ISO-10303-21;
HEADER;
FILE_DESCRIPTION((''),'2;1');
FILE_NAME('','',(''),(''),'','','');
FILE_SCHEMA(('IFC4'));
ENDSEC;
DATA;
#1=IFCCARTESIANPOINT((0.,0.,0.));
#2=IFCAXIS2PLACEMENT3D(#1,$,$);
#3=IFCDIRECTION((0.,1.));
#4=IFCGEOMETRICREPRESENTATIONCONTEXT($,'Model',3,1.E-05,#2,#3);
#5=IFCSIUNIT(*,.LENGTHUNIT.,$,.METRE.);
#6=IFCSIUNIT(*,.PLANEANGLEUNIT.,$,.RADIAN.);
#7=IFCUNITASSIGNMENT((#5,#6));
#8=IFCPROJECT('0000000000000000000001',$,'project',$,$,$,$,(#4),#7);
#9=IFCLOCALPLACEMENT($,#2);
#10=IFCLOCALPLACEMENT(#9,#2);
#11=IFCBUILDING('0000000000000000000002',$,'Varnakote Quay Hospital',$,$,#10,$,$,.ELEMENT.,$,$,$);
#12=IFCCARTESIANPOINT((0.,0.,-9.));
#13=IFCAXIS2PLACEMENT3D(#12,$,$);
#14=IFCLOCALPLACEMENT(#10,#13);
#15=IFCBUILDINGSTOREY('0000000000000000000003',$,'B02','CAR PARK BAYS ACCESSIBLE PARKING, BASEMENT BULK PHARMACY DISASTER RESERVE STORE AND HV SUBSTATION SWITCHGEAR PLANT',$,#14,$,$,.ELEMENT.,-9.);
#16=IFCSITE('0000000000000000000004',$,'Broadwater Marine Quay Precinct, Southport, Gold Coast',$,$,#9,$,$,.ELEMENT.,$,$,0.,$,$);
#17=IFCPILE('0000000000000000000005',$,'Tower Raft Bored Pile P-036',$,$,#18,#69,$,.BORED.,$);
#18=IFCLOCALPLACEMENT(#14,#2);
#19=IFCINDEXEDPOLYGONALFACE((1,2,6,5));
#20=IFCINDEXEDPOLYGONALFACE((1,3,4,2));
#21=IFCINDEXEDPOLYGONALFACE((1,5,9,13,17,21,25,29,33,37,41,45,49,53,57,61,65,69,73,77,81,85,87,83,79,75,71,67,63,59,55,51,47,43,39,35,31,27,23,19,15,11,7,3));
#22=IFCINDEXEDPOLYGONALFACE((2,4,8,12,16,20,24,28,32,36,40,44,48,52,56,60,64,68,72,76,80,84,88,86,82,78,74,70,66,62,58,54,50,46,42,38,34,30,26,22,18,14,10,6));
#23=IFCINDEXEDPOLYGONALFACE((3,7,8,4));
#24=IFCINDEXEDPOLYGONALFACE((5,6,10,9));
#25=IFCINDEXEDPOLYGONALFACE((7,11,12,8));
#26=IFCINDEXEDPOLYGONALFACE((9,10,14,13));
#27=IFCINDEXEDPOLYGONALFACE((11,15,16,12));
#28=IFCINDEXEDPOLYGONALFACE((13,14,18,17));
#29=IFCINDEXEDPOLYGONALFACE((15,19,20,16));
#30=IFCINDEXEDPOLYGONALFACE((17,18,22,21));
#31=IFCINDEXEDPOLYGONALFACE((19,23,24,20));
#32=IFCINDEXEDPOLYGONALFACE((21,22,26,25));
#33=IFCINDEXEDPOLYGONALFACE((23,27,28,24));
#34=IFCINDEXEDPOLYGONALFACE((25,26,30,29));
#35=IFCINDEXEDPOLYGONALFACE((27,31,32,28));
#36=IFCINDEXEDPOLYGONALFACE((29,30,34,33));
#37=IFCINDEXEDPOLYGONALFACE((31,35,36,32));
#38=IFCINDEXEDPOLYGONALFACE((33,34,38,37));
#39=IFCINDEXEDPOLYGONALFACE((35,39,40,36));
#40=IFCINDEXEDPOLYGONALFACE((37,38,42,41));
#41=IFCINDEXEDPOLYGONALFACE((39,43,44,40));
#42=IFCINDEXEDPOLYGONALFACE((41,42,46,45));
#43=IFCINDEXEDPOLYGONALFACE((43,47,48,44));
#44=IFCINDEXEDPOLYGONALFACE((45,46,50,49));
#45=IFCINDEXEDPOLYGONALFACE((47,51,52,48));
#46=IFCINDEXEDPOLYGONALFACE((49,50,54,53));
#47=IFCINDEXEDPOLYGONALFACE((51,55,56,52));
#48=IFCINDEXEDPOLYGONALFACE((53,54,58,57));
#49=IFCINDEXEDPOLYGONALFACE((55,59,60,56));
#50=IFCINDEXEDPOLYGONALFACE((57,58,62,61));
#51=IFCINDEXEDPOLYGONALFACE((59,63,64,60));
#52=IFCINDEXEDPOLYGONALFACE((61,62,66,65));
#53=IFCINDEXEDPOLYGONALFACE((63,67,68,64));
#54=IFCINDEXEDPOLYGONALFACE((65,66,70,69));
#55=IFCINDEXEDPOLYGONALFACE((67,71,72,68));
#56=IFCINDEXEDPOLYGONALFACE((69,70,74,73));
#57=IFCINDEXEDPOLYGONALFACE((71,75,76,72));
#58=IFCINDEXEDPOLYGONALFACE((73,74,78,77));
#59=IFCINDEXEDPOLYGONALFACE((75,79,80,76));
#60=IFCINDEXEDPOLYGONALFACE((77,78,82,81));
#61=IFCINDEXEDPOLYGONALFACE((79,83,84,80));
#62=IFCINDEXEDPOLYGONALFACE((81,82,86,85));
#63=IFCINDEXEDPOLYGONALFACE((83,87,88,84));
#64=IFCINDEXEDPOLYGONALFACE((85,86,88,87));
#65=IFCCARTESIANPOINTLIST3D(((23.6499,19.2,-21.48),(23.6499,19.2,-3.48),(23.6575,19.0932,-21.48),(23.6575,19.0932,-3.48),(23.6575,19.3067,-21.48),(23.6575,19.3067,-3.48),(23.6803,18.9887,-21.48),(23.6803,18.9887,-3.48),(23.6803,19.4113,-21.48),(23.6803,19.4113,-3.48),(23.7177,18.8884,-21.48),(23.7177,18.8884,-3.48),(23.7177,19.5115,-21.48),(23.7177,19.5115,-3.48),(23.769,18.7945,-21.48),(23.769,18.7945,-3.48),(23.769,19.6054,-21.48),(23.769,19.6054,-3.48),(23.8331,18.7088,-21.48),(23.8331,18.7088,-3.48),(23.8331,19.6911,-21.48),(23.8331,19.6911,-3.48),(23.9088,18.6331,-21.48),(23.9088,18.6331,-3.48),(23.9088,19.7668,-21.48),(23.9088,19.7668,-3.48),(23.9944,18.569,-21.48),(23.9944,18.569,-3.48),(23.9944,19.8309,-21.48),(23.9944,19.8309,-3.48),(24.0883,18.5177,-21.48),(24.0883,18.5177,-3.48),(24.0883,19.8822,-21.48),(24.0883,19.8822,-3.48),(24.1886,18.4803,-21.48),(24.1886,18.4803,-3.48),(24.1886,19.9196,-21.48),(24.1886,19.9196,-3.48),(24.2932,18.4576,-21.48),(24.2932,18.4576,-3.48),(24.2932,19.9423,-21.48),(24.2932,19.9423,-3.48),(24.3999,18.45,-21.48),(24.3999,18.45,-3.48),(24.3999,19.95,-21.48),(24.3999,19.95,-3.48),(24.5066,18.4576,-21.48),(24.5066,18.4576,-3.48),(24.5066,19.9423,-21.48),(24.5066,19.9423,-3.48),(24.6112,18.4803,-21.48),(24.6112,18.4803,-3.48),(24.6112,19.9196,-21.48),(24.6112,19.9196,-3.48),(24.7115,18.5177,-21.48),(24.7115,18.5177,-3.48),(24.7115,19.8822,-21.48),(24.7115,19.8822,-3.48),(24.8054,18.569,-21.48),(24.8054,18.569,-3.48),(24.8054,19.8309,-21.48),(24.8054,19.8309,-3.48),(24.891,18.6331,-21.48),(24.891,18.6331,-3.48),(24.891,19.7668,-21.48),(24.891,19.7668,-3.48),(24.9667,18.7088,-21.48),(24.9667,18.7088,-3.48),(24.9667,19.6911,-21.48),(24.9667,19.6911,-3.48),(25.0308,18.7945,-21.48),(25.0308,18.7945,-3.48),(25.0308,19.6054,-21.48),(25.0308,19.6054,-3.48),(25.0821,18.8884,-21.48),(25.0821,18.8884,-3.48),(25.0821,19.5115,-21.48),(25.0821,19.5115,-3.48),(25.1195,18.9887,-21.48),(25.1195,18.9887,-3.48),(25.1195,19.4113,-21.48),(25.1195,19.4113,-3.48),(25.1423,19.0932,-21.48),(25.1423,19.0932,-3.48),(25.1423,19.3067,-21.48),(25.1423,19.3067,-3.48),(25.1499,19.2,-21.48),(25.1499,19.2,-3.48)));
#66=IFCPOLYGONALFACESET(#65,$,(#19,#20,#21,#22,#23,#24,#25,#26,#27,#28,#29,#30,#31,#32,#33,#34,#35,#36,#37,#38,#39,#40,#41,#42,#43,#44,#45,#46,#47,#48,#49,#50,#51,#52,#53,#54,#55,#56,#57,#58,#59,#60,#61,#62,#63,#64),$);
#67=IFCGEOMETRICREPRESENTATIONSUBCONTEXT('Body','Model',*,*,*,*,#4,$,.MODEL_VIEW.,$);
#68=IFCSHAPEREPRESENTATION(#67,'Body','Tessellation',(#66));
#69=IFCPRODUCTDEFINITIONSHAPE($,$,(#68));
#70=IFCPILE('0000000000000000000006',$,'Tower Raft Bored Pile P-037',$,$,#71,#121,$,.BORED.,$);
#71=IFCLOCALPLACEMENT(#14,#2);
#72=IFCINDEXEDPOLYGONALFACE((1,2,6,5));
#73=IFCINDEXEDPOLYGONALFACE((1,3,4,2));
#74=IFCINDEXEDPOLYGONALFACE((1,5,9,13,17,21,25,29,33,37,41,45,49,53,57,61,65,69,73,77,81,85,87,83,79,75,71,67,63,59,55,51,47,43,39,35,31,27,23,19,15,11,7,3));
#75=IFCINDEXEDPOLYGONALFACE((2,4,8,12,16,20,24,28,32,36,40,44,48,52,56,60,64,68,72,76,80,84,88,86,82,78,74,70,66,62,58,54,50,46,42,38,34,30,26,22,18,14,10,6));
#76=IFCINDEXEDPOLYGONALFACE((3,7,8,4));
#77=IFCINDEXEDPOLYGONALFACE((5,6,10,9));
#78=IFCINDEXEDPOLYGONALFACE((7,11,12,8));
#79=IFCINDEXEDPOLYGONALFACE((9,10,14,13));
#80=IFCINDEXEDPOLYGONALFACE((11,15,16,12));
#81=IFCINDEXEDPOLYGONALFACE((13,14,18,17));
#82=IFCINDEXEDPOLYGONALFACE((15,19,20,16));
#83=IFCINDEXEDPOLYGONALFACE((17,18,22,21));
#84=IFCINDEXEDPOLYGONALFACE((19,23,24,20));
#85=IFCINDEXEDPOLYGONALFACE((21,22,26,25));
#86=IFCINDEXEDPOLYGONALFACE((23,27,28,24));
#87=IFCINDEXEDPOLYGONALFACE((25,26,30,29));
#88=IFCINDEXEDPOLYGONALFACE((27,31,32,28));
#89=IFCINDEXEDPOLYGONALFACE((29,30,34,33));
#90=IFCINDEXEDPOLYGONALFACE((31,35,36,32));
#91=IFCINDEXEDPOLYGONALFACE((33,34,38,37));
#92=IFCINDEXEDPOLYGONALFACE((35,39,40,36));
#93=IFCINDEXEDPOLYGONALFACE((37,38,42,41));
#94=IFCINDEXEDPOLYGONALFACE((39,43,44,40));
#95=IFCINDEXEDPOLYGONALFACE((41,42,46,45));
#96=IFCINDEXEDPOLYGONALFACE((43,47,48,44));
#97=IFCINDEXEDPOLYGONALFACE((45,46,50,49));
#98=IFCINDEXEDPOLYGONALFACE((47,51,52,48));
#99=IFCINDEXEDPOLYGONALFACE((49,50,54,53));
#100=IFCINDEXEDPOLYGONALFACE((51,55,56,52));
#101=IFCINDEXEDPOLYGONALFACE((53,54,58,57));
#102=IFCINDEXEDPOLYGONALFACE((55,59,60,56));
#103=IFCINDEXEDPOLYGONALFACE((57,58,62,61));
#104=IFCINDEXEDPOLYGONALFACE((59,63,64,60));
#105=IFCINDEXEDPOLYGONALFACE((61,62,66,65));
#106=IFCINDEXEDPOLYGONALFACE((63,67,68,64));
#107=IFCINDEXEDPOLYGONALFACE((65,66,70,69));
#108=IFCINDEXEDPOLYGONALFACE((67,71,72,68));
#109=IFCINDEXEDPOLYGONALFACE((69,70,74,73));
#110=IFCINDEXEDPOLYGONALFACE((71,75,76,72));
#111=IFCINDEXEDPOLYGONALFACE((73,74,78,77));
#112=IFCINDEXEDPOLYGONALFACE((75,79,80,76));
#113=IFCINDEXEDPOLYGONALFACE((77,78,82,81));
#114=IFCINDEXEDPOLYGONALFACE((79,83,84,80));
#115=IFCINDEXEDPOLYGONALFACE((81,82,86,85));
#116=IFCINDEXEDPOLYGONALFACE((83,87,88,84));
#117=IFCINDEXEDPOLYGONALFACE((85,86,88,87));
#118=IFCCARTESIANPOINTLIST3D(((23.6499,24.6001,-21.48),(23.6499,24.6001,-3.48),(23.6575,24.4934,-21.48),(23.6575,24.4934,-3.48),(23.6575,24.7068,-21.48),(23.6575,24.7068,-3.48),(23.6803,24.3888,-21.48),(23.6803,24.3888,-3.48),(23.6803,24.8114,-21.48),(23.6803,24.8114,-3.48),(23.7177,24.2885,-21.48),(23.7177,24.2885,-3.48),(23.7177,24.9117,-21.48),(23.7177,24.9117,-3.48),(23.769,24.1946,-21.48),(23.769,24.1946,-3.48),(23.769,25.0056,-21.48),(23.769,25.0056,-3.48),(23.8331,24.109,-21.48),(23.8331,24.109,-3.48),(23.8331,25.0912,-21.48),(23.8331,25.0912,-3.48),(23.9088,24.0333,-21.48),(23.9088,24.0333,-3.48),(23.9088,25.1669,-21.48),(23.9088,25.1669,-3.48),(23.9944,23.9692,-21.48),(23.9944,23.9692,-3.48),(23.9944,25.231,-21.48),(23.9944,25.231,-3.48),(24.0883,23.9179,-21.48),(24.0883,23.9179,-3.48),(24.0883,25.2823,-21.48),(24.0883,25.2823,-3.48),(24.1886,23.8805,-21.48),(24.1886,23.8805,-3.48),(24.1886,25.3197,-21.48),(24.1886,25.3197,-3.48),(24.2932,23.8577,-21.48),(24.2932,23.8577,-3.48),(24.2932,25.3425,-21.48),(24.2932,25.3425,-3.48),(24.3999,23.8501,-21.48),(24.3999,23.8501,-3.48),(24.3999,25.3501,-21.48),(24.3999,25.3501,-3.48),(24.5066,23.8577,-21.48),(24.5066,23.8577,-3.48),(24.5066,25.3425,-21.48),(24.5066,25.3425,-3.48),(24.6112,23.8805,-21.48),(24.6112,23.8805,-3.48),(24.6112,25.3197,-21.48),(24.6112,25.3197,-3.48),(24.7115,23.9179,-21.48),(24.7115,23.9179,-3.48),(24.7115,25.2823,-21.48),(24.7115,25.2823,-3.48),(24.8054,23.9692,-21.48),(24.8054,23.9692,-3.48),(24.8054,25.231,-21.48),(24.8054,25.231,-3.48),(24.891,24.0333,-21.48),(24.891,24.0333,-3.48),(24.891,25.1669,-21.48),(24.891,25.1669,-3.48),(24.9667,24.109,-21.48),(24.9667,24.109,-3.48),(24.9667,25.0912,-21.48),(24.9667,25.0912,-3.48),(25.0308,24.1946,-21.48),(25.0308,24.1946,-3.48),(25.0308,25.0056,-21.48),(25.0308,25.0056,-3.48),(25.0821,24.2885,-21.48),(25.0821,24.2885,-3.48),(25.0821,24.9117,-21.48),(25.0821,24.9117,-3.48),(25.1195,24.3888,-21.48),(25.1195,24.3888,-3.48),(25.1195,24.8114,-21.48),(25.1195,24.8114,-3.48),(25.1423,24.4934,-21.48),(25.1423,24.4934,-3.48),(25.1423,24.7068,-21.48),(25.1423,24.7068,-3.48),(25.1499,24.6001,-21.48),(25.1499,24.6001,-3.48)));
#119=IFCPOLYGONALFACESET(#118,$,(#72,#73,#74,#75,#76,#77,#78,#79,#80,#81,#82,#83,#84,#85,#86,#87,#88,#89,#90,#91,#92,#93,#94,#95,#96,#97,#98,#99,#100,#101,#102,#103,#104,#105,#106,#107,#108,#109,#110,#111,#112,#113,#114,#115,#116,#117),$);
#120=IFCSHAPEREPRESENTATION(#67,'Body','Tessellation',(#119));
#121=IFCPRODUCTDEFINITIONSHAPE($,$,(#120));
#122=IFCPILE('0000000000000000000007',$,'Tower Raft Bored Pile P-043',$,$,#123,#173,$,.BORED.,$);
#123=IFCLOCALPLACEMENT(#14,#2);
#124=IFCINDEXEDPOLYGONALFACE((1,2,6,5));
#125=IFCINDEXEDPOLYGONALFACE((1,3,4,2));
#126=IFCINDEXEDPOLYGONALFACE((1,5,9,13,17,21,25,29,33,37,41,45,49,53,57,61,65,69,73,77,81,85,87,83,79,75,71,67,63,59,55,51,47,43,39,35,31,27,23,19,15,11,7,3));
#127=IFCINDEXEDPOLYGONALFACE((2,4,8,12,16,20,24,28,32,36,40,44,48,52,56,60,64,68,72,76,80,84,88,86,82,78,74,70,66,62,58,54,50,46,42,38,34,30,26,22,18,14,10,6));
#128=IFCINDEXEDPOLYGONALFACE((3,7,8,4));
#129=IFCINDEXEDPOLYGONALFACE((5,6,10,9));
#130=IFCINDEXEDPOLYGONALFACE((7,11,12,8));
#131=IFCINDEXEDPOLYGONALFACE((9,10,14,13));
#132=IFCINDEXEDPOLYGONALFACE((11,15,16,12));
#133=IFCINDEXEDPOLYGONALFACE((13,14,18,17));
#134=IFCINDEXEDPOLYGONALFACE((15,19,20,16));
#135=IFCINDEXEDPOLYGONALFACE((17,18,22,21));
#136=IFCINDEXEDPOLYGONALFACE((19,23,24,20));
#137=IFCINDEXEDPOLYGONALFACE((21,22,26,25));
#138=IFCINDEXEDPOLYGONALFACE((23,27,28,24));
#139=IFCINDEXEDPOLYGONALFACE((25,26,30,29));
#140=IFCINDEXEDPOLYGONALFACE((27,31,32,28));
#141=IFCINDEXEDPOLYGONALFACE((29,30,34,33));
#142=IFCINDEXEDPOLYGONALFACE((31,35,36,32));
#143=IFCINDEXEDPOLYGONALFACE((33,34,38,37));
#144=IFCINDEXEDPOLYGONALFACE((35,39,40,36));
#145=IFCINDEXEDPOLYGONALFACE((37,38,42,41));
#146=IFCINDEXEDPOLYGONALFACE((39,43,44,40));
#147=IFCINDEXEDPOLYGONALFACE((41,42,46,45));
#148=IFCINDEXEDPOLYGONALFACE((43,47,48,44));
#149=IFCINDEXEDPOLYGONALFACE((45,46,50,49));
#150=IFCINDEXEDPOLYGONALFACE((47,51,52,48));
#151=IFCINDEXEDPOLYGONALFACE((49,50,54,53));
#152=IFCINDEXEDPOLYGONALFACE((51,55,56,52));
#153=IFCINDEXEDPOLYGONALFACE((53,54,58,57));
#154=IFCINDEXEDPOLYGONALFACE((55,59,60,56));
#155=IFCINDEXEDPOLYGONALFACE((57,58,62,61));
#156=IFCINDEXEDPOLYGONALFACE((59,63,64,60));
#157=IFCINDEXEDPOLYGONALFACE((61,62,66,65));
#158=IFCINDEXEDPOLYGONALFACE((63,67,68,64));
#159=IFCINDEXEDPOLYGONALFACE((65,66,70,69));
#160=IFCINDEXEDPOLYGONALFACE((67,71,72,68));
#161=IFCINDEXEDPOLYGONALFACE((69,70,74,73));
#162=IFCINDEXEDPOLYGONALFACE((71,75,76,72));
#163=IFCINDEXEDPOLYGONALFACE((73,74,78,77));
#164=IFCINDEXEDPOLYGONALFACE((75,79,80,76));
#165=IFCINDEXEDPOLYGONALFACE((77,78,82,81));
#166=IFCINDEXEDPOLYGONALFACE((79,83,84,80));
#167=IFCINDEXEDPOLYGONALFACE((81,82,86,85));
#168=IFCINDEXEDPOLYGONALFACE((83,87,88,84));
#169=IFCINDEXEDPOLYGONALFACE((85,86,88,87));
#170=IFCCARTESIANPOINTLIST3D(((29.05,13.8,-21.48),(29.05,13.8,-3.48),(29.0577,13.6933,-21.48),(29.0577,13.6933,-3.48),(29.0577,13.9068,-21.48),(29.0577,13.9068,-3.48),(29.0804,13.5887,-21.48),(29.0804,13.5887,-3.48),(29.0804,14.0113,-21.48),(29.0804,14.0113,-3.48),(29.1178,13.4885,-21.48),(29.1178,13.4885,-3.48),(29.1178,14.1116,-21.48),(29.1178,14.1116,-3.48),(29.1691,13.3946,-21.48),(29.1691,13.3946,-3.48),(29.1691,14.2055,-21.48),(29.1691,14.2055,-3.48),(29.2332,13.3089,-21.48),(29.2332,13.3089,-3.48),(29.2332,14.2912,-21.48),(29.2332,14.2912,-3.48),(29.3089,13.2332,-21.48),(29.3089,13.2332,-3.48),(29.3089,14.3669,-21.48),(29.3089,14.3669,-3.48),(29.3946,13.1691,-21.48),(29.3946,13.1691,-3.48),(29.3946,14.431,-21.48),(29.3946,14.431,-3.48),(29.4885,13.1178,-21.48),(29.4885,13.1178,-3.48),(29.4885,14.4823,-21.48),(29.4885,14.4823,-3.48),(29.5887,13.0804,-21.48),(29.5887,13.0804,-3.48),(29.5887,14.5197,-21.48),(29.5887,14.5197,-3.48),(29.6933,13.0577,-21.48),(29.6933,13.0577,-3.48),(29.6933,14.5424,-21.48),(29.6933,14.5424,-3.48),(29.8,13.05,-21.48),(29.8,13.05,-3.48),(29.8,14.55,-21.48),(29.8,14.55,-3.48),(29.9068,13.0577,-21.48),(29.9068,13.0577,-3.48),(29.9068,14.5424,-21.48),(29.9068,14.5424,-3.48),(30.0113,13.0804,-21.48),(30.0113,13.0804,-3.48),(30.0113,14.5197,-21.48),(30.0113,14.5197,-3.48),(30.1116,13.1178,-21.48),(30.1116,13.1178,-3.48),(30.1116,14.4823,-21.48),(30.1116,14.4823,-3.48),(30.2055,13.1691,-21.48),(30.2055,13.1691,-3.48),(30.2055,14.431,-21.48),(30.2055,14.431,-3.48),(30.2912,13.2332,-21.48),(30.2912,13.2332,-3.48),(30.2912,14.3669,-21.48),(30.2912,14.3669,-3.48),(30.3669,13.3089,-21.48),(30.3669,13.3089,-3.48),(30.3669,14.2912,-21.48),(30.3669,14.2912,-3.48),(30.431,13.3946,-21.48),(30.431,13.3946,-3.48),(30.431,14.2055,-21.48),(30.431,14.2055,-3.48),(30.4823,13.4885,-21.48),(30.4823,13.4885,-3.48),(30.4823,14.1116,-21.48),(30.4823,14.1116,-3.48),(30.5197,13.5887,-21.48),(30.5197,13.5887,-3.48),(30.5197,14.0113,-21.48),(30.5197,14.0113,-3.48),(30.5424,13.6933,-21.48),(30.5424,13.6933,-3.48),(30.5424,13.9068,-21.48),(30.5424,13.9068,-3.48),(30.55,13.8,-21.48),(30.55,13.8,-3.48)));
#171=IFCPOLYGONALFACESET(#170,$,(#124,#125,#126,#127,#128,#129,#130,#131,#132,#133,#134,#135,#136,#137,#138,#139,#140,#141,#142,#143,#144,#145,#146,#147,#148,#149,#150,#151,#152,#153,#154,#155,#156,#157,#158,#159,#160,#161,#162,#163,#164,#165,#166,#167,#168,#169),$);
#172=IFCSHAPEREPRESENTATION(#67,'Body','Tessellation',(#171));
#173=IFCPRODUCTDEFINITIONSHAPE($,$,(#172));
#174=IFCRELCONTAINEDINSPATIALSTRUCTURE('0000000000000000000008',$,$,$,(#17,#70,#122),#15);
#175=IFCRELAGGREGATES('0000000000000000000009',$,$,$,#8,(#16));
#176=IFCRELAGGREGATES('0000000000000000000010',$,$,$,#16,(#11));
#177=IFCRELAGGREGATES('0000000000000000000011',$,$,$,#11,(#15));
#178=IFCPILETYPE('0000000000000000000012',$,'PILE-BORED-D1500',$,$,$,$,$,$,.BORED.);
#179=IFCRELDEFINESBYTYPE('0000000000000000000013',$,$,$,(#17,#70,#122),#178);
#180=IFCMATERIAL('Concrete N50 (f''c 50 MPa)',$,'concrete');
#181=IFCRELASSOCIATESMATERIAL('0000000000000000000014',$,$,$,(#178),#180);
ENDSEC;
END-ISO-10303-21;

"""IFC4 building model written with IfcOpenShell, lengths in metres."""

from ifc_helpers import new_model, si_unit, direction, frame, origin, origin_2d, place, context, subcontext, project, spatial, circle, extrude, material, material_profile, profile_set, type_object, element, save


model = new_model("IFC4")

# Units and contexts
model_context = context("Model", 3, precision=1e-05, world=origin(), true_north=direction((0.0, 1.0)))
body_context = subcontext(model_context, "Body", "Model", "MODEL_VIEW")
ifc_project = project(units=[si_unit("LENGTHUNIT", "METRE"), si_unit("PLANEANGLEUNIT", "RADIAN")], contexts=[model_context])

# Site, building, storey
site_placement = place(None, origin())
site = spatial("IfcSite", under=ifc_project, at=site_placement, Name="Broadwater Marine Quay Precinct, Southport, Gold Coast", CompositionType="ELEMENT", RefElevation=0.0)
building_placement = place(site_placement, origin())
building = spatial("IfcBuilding", under=site, at=building_placement, Name="Varnakote Quay Hospital", CompositionType="ELEMENT")
storey_placement = place(building_placement, frame((0.0, 0.0, -9.0)))
storey = spatial("IfcBuildingStorey", under=building, at=storey_placement, Name="B02", Description="CAR PARK BAYS ACCESSIBLE PARKING, BASEMENT BULK PHARMACY DISASTER RESERVE STORE AND HV SUBSTATION SWITCHGEAR PLANT", CompositionType="ELEMENT", Elevation=-9.0)

# Piles
ifc_material_1 = material(Name="Concrete N50 (f'c 50 MPa)", Category="concrete")
ifc_material_profile_1 = material_profile(ifc_material_1, circle(Radius=0.75, at=origin_2d()), Name="PILE-D1500")
ifc_profile_set_1 = profile_set([ifc_material_profile_1], Name="Concrete N50 (f'c 50 MPa)")
pile_type_1 = type_object("IfcPileType", Name="PILE-BORED-D1500", PredefinedType="BORED", material=ifc_profile_set_1)
for number, where, z_axis, x_axis, name in (
    (1, (24.3999, 19.2, -3.48), (0.0, 0.0, -1.0), (1.0, 0.0, 0.0), "Tower Raft Bored Pile P-036"),
    (2, (24.3999, 24.6001, -3.48), (0.0, 0.0, -1.0), (1.0, 0.0, 0.0), "Tower Raft Bored Pile P-037"),
    (3, (29.8, 13.8, -3.48), (0.0, 0.0, -1.0), (1.0, 0.0, 0.0), "Tower Raft Bored Pile P-043"),
):
    element("IfcPile", number, at=place(storey_placement, frame(where, z_axis=z_axis, x_axis=x_axis)), inside=storey, type_object=pile_type_1, Name=name, PredefinedType="BORED", context=body_context, shape_type="SweptSolid", body=[
        extrude(circle(Radius=0.75, at=origin_2d()), origin(), (0.0, 0.0, 1.0), 18.0),
    ])

save(model, "model.ifc")
